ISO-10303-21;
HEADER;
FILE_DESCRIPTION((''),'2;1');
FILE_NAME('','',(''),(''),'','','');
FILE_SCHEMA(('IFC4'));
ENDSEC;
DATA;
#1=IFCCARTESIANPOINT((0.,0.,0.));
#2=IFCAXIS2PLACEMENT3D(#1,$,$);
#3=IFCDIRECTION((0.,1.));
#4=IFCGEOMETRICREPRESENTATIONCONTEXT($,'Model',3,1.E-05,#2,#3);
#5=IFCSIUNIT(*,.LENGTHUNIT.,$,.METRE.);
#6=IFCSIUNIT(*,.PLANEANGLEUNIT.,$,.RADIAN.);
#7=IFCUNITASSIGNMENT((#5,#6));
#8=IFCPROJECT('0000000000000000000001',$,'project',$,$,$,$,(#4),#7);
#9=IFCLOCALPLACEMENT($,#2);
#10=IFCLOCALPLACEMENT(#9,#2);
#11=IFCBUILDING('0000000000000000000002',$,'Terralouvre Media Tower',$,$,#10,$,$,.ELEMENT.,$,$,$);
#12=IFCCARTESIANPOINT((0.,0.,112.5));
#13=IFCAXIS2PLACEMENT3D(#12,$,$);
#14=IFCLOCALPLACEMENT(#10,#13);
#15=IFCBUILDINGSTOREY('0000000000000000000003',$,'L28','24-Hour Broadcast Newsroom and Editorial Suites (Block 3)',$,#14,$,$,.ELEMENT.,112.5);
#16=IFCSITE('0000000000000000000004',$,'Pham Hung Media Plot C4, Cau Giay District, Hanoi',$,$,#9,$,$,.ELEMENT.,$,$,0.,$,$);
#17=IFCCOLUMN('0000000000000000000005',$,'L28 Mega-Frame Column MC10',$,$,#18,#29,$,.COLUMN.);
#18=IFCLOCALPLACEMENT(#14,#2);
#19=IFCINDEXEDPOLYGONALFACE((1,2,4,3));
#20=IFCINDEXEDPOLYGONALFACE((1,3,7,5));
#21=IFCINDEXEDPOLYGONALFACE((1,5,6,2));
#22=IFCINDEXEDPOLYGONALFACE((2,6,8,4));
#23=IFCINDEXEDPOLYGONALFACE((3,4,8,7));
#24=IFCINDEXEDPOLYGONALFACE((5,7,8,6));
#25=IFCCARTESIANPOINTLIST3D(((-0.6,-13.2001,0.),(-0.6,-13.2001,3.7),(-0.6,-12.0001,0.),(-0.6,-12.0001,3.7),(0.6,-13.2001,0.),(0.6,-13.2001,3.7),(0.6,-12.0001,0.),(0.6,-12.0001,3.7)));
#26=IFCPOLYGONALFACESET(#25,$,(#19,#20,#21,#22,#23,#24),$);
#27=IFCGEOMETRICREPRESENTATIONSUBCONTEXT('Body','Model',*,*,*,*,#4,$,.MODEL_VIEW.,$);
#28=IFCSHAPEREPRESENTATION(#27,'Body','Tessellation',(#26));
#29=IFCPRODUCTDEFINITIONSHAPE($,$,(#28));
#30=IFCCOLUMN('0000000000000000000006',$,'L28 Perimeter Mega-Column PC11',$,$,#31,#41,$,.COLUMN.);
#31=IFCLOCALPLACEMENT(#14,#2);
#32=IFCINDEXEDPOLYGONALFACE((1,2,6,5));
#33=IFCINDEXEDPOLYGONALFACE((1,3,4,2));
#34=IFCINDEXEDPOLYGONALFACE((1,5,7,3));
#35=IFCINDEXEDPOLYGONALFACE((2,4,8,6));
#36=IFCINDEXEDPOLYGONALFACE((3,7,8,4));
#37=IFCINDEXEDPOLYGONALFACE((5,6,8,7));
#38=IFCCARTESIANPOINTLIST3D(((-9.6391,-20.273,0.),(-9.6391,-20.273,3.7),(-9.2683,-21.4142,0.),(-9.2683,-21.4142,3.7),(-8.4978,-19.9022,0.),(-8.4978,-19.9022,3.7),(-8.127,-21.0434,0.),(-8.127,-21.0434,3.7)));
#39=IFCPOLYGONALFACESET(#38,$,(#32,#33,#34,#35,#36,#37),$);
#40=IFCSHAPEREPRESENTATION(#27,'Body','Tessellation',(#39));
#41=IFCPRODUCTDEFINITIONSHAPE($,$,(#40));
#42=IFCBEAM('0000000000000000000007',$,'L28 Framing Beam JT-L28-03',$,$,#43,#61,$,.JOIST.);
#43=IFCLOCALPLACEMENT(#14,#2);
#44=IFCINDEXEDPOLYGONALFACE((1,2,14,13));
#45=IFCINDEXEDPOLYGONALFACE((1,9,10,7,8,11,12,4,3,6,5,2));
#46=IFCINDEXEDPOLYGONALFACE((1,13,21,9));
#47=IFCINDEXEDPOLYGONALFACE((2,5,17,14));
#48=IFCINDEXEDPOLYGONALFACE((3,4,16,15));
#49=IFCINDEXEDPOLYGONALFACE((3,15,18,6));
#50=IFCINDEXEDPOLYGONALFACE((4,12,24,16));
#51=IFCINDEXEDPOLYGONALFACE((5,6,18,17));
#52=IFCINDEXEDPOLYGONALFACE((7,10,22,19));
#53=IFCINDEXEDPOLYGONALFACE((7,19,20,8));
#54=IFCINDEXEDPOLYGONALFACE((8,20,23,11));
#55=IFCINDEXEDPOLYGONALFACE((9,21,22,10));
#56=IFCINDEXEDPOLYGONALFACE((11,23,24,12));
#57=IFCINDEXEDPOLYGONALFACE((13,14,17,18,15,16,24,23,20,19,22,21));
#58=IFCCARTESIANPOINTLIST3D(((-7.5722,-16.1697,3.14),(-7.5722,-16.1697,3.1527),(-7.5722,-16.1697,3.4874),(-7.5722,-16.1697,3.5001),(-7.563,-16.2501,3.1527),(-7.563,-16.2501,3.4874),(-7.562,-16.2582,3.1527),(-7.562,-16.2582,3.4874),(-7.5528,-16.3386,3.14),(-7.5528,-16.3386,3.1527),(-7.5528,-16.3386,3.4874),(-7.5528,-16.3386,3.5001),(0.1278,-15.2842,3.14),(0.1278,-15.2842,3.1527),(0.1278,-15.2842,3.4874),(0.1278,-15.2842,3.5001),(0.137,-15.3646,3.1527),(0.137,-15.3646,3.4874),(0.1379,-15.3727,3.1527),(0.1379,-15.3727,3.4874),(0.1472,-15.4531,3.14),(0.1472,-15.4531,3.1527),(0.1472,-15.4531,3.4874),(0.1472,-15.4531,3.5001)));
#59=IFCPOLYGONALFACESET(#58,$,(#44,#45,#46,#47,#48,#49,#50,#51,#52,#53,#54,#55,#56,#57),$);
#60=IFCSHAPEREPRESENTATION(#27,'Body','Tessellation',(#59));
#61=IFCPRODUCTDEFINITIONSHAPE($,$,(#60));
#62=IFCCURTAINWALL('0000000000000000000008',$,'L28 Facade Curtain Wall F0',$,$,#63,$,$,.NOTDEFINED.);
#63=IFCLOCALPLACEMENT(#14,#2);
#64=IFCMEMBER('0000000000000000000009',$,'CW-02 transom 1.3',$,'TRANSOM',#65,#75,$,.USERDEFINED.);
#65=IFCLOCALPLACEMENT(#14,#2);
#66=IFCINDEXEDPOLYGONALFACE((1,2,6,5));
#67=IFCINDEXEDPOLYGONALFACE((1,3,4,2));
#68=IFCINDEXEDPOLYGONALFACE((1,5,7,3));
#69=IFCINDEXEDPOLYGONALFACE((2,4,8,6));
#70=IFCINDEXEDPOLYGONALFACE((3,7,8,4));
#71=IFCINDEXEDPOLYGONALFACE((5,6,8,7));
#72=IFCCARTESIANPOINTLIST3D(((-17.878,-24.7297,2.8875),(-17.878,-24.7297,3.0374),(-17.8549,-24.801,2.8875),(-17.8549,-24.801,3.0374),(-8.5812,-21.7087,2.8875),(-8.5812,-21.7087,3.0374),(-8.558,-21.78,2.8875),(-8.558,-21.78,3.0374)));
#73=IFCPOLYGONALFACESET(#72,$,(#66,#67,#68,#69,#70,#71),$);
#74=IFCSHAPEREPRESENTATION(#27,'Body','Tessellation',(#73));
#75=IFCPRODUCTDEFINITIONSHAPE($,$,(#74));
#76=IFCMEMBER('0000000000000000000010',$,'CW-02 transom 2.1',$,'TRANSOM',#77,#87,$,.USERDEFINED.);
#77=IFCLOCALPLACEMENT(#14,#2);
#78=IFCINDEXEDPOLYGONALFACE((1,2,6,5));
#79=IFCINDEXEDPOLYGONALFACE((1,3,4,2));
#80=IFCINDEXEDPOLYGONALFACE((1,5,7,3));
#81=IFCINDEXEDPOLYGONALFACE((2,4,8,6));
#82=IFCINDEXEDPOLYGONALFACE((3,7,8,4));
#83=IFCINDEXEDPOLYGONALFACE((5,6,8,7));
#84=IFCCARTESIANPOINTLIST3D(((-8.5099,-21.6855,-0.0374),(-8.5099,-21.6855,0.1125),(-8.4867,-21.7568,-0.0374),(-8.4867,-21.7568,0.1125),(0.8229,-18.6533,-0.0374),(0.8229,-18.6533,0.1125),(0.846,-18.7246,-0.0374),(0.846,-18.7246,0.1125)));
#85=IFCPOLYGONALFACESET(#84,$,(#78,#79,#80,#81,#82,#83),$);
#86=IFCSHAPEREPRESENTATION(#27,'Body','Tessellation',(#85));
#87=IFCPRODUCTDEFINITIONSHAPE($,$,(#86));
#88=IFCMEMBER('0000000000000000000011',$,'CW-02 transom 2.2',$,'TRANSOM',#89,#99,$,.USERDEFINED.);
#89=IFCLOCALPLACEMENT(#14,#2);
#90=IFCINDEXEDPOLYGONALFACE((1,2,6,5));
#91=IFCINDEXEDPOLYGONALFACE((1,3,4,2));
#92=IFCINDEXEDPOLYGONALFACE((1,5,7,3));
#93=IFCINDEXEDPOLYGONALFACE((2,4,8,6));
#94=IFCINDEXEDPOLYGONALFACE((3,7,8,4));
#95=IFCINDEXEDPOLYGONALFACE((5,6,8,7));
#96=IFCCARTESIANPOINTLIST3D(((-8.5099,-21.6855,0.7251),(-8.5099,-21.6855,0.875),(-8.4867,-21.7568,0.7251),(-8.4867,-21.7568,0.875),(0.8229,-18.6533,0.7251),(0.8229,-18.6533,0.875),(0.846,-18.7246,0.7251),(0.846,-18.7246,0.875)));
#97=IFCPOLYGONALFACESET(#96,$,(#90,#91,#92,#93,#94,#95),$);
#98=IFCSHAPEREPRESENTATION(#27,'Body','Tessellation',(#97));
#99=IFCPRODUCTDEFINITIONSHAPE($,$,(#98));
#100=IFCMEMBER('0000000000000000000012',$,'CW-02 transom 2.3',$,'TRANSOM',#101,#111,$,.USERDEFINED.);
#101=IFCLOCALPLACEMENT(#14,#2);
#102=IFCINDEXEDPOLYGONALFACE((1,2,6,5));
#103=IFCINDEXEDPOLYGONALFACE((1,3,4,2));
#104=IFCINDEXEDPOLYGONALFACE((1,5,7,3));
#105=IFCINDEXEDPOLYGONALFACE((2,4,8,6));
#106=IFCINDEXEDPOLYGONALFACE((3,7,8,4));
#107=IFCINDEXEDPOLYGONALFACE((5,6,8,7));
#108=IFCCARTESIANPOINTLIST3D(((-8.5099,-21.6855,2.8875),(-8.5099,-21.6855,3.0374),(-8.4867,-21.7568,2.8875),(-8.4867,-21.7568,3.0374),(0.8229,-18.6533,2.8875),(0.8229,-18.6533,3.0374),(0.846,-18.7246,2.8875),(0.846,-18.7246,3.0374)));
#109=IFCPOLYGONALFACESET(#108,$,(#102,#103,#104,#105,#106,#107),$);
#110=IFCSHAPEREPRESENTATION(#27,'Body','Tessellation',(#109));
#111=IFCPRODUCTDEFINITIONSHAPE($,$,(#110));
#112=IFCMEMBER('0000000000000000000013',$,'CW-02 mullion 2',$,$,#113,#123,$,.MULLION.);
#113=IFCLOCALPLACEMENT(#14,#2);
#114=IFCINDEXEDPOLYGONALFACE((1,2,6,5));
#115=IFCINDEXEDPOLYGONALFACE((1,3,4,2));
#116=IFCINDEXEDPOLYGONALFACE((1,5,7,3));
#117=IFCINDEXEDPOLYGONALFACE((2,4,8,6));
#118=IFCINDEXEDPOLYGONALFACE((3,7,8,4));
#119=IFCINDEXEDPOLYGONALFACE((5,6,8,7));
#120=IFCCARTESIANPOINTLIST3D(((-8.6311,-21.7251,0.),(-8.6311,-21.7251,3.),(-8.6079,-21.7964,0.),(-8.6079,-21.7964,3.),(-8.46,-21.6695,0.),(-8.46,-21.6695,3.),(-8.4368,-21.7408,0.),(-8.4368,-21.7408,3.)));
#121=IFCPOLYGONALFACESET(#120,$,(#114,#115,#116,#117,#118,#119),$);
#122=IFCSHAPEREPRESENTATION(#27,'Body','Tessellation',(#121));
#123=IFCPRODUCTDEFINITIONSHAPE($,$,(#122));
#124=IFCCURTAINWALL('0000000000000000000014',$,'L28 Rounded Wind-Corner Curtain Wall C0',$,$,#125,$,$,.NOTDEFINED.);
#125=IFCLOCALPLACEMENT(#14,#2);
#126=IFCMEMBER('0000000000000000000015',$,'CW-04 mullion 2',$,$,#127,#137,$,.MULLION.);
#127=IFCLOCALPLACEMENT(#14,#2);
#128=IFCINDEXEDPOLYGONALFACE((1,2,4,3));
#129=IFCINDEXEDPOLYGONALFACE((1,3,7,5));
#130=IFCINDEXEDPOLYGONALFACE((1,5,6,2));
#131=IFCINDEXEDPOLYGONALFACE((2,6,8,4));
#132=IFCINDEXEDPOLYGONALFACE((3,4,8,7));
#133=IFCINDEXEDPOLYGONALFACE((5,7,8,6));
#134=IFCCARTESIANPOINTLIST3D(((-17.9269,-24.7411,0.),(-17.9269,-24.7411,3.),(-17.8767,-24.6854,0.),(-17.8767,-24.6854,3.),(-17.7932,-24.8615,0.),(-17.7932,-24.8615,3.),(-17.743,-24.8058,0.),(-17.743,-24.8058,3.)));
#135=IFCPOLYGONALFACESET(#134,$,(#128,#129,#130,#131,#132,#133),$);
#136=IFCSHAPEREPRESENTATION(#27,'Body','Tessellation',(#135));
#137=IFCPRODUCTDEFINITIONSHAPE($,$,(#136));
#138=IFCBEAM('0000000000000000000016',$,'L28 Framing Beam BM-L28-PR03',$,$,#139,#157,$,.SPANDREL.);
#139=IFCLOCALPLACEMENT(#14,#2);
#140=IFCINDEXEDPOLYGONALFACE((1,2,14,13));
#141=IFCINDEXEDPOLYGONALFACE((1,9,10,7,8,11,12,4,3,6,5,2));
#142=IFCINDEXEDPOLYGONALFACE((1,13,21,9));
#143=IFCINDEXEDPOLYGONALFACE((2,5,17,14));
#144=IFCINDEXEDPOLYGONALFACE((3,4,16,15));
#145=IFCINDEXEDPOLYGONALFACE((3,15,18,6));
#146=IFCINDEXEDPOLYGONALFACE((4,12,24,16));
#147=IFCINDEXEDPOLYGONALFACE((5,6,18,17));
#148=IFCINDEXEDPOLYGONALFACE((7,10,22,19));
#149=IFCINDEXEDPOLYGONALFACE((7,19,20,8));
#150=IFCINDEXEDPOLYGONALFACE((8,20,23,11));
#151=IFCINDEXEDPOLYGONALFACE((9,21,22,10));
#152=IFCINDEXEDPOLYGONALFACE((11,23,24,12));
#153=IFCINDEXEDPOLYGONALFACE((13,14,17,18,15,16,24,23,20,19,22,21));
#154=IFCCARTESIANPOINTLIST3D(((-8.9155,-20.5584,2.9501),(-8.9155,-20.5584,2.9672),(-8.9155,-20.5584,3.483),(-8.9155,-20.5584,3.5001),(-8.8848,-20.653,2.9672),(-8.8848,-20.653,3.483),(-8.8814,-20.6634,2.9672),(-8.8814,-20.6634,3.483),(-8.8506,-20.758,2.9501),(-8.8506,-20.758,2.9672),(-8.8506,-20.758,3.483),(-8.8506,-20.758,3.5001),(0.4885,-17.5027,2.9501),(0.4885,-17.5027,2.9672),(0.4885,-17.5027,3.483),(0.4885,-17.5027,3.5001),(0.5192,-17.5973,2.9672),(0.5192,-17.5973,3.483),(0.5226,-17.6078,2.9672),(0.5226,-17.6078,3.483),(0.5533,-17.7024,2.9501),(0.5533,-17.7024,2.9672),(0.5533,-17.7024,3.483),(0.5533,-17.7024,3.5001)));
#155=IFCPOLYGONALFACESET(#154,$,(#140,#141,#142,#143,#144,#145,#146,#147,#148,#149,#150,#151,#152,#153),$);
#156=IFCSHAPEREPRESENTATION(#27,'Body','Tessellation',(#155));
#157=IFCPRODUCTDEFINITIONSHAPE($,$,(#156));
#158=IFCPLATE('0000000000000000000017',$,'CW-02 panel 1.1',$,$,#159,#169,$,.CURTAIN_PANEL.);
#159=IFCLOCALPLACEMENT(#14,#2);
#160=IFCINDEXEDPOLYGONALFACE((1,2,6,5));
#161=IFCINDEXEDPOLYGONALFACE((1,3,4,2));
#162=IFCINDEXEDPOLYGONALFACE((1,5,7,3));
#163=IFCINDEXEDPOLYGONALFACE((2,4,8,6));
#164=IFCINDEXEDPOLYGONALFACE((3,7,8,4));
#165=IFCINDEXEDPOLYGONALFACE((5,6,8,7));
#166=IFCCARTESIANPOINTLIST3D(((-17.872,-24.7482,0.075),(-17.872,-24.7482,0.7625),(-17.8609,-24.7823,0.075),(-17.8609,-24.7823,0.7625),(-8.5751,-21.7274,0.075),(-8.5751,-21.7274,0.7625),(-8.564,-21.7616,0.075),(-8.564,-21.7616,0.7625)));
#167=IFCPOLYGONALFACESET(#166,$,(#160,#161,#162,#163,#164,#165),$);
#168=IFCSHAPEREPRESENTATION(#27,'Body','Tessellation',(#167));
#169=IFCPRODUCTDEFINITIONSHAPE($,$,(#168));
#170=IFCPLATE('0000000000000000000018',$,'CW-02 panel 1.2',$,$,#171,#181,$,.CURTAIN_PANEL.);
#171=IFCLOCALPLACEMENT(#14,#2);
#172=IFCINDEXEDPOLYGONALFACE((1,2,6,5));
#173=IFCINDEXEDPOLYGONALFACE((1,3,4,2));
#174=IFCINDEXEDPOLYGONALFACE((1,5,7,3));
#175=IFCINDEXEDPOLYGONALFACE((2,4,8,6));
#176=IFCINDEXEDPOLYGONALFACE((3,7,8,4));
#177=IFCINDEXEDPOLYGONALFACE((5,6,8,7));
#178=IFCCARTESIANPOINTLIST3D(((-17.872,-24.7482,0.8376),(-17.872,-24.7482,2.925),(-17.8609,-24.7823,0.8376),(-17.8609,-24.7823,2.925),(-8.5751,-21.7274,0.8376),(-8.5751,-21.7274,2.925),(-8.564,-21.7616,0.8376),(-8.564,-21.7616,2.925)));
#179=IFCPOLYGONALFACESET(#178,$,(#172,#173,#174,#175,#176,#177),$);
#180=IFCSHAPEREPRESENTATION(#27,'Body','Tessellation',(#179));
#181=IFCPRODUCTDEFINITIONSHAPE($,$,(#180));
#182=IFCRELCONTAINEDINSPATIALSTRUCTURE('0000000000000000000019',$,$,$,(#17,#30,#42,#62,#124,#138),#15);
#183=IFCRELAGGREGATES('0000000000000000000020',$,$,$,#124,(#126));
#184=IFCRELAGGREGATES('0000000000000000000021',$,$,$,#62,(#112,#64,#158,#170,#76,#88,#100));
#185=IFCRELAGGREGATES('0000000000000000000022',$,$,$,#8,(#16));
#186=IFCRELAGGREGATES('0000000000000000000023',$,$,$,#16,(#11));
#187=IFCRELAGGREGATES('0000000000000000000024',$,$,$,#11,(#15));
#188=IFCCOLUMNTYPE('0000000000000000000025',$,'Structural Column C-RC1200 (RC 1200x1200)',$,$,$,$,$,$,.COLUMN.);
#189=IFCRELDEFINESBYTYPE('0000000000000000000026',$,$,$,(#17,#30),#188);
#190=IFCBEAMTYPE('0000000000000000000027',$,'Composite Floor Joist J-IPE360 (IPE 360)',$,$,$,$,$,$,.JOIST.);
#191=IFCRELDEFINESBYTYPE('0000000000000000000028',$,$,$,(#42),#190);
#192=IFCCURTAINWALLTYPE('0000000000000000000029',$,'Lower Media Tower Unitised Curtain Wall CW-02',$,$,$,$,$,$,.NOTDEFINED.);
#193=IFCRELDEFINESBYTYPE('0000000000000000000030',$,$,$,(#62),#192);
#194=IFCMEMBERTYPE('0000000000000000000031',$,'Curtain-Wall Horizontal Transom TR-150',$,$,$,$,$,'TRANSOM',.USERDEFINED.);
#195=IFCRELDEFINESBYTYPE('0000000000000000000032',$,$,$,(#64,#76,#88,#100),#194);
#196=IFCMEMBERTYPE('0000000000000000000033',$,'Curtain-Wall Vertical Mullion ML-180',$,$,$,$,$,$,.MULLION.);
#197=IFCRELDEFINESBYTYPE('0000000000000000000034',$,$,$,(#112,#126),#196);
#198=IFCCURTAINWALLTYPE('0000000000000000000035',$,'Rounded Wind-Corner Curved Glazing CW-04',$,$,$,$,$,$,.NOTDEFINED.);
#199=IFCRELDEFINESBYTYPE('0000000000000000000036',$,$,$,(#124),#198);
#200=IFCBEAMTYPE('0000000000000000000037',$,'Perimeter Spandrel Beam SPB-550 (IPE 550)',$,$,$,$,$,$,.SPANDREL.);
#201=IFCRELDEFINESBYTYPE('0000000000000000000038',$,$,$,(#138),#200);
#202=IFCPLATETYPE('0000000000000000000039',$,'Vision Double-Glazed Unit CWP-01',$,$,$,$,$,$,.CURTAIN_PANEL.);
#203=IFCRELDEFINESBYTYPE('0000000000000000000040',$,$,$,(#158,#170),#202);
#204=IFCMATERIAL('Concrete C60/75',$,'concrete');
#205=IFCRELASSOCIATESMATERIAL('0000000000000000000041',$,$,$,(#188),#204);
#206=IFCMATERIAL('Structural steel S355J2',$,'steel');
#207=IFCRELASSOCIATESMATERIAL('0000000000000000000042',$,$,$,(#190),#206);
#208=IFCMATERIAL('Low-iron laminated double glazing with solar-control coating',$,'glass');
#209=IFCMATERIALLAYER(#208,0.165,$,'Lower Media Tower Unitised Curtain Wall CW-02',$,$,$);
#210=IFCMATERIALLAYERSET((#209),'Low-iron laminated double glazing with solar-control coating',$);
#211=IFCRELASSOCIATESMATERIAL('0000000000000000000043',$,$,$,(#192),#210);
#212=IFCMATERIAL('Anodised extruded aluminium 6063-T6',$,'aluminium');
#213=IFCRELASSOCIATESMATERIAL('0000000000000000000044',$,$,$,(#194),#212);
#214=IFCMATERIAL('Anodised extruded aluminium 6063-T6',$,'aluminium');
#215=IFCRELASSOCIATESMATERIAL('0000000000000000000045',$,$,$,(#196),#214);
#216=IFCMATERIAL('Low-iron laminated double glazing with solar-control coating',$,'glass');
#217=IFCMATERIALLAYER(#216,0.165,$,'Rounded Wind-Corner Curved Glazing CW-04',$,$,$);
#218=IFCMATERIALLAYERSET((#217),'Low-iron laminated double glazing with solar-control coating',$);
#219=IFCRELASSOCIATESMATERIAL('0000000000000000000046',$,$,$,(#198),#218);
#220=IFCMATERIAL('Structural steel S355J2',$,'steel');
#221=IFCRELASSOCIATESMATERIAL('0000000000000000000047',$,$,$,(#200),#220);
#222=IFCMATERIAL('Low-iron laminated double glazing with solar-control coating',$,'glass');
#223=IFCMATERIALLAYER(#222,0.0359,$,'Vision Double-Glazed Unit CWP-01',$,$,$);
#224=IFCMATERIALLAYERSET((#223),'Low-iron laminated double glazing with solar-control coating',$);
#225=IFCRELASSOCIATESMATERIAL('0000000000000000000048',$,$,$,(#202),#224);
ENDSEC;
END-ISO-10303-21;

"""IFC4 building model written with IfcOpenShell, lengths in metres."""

from ifc_helpers import new_model, si_unit, direction, frame, origin, origin_2d, place, context, subcontext, project, spatial, rectangle, i_section, extrude, material, layer, layer_set, material_profile, profile_set, type_object, element, aggregate, save


model = new_model("IFC4")

# Units and contexts
model_context = context("Model", 3, precision=1e-05, world=origin(), true_north=direction((0.0, 1.0)))
body_context = subcontext(model_context, "Body", "Model", "MODEL_VIEW")
ifc_project = project(units=[si_unit("LENGTHUNIT", "METRE"), si_unit("PLANEANGLEUNIT", "RADIAN")], contexts=[model_context])

# Site, building, storey
site_placement = place(None, origin())
site = spatial("IfcSite", under=ifc_project, at=site_placement, Name="Pham Hung Media Plot C4, Cau Giay District, Hanoi", CompositionType="ELEMENT", RefElevation=0.0)
building_placement = place(site_placement, origin())
building = spatial("IfcBuilding", under=site, at=building_placement, Name="Terralouvre Media Tower", CompositionType="ELEMENT")
storey_placement = place(building_placement, frame((0.0, 0.0, 112.5)))
storey = spatial("IfcBuildingStorey", under=building, at=storey_placement, Name="L28", Description="24-Hour Broadcast Newsroom and Editorial Suites (Block 3)", CompositionType="ELEMENT", Elevation=112.5)

# Columns
ifc_material_1 = material(Name="Concrete C60/75", Category="concrete")
ifc_material_profile_1 = material_profile(ifc_material_1, rectangle(XDim=1.2, YDim=1.2, at=origin_2d()), Name="RC 1200x1200")
ifc_profile_set_1 = profile_set([ifc_material_profile_1], Name="Concrete C60/75")
column_type = type_object("IfcColumnType", Name="Structural Column C-RC1200 (RC 1200x1200)", PredefinedType="COLUMN", material=ifc_profile_set_1)
for number, where, z_axis, x_axis, name in (
    (1, (0.0, -12.6001, 0.0), (0.0, 0.0, 1.0), (1.0, 0.0, 0.0), "L28 Mega-Frame Column MC10"),
    (2, (-8.8831, -20.6582, 0.0), (0.0, 0.0, 1.0), (0.951057, 0.309017, 0.0), "L28 Perimeter Mega-Column PC11"),
):
    element("IfcColumn", number, at=place(storey_placement, frame(where, z_axis=z_axis, x_axis=x_axis)), inside=storey, type_object=column_type, Name=name, PredefinedType="COLUMN", context=body_context, shape_type="SweptSolid", body=[
        extrude(rectangle(XDim=1.2, YDim=1.2, at=origin_2d()), origin(), (0.0, 0.0, 1.0), 3.7),
    ])

# Beam
ifc_material_2 = material(Name="Structural steel S355J2", Category="steel")
ifc_material_profile_2 = material_profile(ifc_material_2, i_section(OverallWidth=0.1699, OverallDepth=0.3601, WebThickness=0.0081, FlangeThickness=0.0127, at=origin_2d()), Name="IPE 360")
ifc_profile_set_2 = profile_set([ifc_material_profile_2], Name="Structural steel S355J2")
beam_type_1 = type_object("IfcBeamType", Name="Composite Floor Joist J-IPE360 (IPE 360)", PredefinedType="JOIST", material=ifc_profile_set_2)
beam_1_placement = place(storey_placement, frame((-7.5625, -16.2542, 3.3201), z_axis=(0.993452, 0.114247, 0.0), x_axis=(-0.114247, 0.993452, 0.0)))
element("IfcBeam", 3, at=beam_1_placement, inside=storey, type_object=beam_type_1, Name="L28 Framing Beam JT-L28-03", PredefinedType="JOIST", context=body_context, shape_type="SweptSolid", body=[
    extrude(i_section(OverallWidth=0.1699, OverallDepth=0.3601, WebThickness=0.0081, FlangeThickness=0.0127, at=origin_2d()), origin(), (0.0, 0.0, 1.0), 7.7507),
])

# Curtain wall, members
ifc_material_3 = material(Name="Low-iron laminated double glazing with solar-control coating", Category="glass")
ifc_layer_1 = layer(ifc_material_3, 0.165, Name="Lower Media Tower Unitised Curtain Wall CW-02")
ifc_layer_set_1 = layer_set([ifc_layer_1], Name="Low-iron laminated double glazing with solar-control coating")
curtain_wall_type_1 = type_object("IfcCurtainWallType", Name="Lower Media Tower Unitised Curtain Wall CW-02", PredefinedType="NOTDEFINED", material=ifc_layer_set_1)
curtain_wall_1_placement = place(storey_placement, origin())
curtain_wall_1 = element("IfcCurtainWall", 4, at=curtain_wall_1_placement, inside=storey, type_object=curtain_wall_type_1, Name="L28 Facade Curtain Wall F0", PredefinedType="NOTDEFINED")
ifc_material_4 = material(Name="Anodised extruded aluminium 6063-T6", Category="aluminium")
ifc_material_profile_3 = material_profile(ifc_material_4, rectangle(XDim=0.075, YDim=0.1499, at=origin_2d()), Name="ALU 75x150")
ifc_profile_set_3 = profile_set([ifc_material_profile_3], Name="Anodised extruded aluminium 6063-T6")
member_type_1 = type_object("IfcMemberType", Name="Curtain-Wall Horizontal Transom TR-150", ElementType="TRANSOM", PredefinedType="USERDEFINED", material=ifc_profile_set_3)
member_1_placement = place(storey_placement, frame((-17.8665, -24.7654, 2.9624), z_axis=(0.951049, 0.309041, 0.0), x_axis=(-0.309041, 0.951049, 0.0)))
member_1 = element("IfcMember", 5, at=member_1_placement, type_object=member_type_1, Name="CW-02 transom 1.3", ObjectType="TRANSOM", PredefinedType="USERDEFINED", context=body_context, shape_type="SweptSolid", body=[
    extrude(rectangle(XDim=0.075, YDim=0.1499, at=origin_2d()), origin(), (0.0, 0.0, 1.0), 9.7754),
])
member_2_placement = place(storey_placement, frame((-8.4983, -21.7212, 0.0376), z_axis=(0.951062, 0.309001, 0.0), x_axis=(-0.309001, 0.951062, 0.0)))
member_2 = element("IfcMember", 6, at=member_2_placement, type_object=member_type_1, Name="CW-02 transom 2.1", ObjectType="TRANSOM", PredefinedType="USERDEFINED", context=body_context, shape_type="SweptSolid", body=[
    extrude(rectangle(XDim=0.075, YDim=0.1499, at=origin_2d()), origin(), (0.0, 0.0, 1.0), 9.813),
])
member_3_placement = place(storey_placement, frame((-8.4983, -21.7212, 0.8), z_axis=(0.951062, 0.309001, 0.0), x_axis=(-0.309001, 0.951062, 0.0)))
member_3 = element("IfcMember", 7, at=member_3_placement, type_object=member_type_1, Name="CW-02 transom 2.2", ObjectType="TRANSOM", PredefinedType="USERDEFINED", context=body_context, shape_type="SweptSolid", body=[
    extrude(rectangle(XDim=0.075, YDim=0.1499, at=origin_2d()), origin(), (0.0, 0.0, 1.0), 9.813),
])
member_4_placement = place(storey_placement, frame((-8.4983, -21.7212, 2.9624), z_axis=(0.951062, 0.309001, 0.0), x_axis=(-0.309001, 0.951062, 0.0)))
member_4 = element("IfcMember", 8, at=member_4_placement, type_object=member_type_1, Name="CW-02 transom 2.3", ObjectType="TRANSOM", PredefinedType="USERDEFINED", context=body_context, shape_type="SweptSolid", body=[
    extrude(rectangle(XDim=0.075, YDim=0.1499, at=origin_2d()), origin(), (0.0, 0.0, 1.0), 9.813),
])
ifc_material_5 = material(Name="Anodised extruded aluminium 6063-T6", Category="aluminium")
ifc_material_profile_4 = material_profile(ifc_material_5, rectangle(XDim=0.075, YDim=0.1799, at=origin_2d()), Name="ALU 75x180")
ifc_profile_set_4 = profile_set([ifc_material_profile_4], Name="Anodised extruded aluminium 6063-T6")
member_type_2 = type_object("IfcMemberType", Name="Curtain-Wall Vertical Mullion ML-180", PredefinedType="MULLION", material=ifc_profile_set_4)
member_5_placement = place(storey_placement, frame((-8.5339, -21.7329, 0.0), z_axis=(0.0, 0.0, 1.0), x_axis=(-0.309017, 0.951057, 0.0)))
member_5 = element("IfcMember", 9, at=member_5_placement, type_object=member_type_2, Name="CW-02 mullion 2", PredefinedType="MULLION", context=body_context, shape_type="SweptSolid", body=[
    extrude(rectangle(XDim=0.075, YDim=0.1799, at=origin_2d()), origin(), (0.0, 0.0, 1.0), 3.0),
])

# Curtain wall, member
ifc_material_6 = material(Name="Low-iron laminated double glazing with solar-control coating", Category="glass")
ifc_layer_2 = layer(ifc_material_6, 0.165, Name="Rounded Wind-Corner Curved Glazing CW-04")
ifc_layer_set_2 = layer_set([ifc_layer_2], Name="Low-iron laminated double glazing with solar-control coating")
curtain_wall_type_2 = type_object("IfcCurtainWallType", Name="Rounded Wind-Corner Curved Glazing CW-04", PredefinedType="NOTDEFINED", material=ifc_layer_set_2)
curtain_wall_2_placement = place(storey_placement, origin())
curtain_wall_2 = element("IfcCurtainWall", 10, at=curtain_wall_2_placement, inside=storey, type_object=curtain_wall_type_2, Name="L28 Rounded Wind-Corner Curtain Wall C0", PredefinedType="NOTDEFINED")
member_6_placement = place(storey_placement, frame((-17.835, -24.7734, 0.0), z_axis=(0.0, 0.0, 1.0), x_axis=(0.669131, 0.743145, 0.0)))
member_6 = element("IfcMember", 11, at=member_6_placement, type_object=member_type_2, Name="CW-04 mullion 2", PredefinedType="MULLION", context=body_context, shape_type="SweptSolid", body=[
    extrude(rectangle(XDim=0.075, YDim=0.1799, at=origin_2d()), origin(), (0.0, 0.0, 1.0), 3.0),
])
aggregate(curtain_wall_2, [member_6])

# Beam
ifc_material_7 = material(Name="Structural steel S355J2", Category="steel")
ifc_material_profile_5 = material_profile(ifc_material_7, i_section(OverallWidth=0.21, OverallDepth=0.55, WebThickness=0.011, FlangeThickness=0.0171, at=origin_2d()), Name="IPE 550")
ifc_profile_set_5 = profile_set([ifc_material_profile_5], Name="Structural steel S355J2")
beam_type_2 = type_object("IfcBeamType", Name="Perimeter Spandrel Beam SPB-550 (IPE 550)", PredefinedType="SPANDREL", material=ifc_profile_set_5)
beam_2_placement = place(storey_placement, frame((-8.8831, -20.6582, 3.2251), z_axis=(0.951053, 0.309026, 0.0), x_axis=(-0.309026, 0.951053, 0.0)))
element("IfcBeam", 12, at=beam_2_placement, inside=storey, type_object=beam_type_2, Name="L28 Framing Beam BM-L28-PR03", PredefinedType="SPANDREL", context=body_context, shape_type="SweptSolid", body=[
    extrude(i_section(OverallWidth=0.21, OverallDepth=0.55, WebThickness=0.011, FlangeThickness=0.0171, at=origin_2d()), origin(), (0.0, 0.0, 1.0), 9.8879),
])

# Plates
ifc_material_8 = material(Name="Low-iron laminated double glazing with solar-control coating", Category="glass")
ifc_layer_3 = layer(ifc_material_8, 0.0359, Name="Vision Double-Glazed Unit CWP-01")
ifc_layer_set_3 = layer_set([ifc_layer_3], Name="Low-iron laminated double glazing with solar-control coating")
plate_type = type_object("IfcPlateType", Name="Vision Double-Glazed Unit CWP-01", PredefinedType="CURTAIN_PANEL", material=ifc_layer_set_3)
plate_1_placement = place(storey_placement, frame((-13.218, -23.2549, 0.075), z_axis=(0.0, 0.0, 1.0), x_axis=(0.951057, 0.309017, 0.0)))
plate_1 = element("IfcPlate", 13, at=plate_1_placement, type_object=plate_type, Name="CW-02 panel 1.1", PredefinedType="CURTAIN_PANEL", context=body_context, shape_type="SweptSolid", body=[
    extrude(rectangle(XDim=9.7754, YDim=0.0359, at=origin_2d()), origin(), (0.0, 0.0, 1.0), 0.6875),
])
plate_2_placement = place(storey_placement, frame((-13.218, -23.2549, 0.8376), z_axis=(0.0, 0.0, 1.0), x_axis=(0.951057, 0.309017, 0.0)))
plate_2 = element("IfcPlate", 14, at=plate_2_placement, type_object=plate_type, Name="CW-02 panel 1.2", PredefinedType="CURTAIN_PANEL", context=body_context, shape_type="SweptSolid", body=[
    extrude(rectangle(XDim=9.7754, YDim=0.0359, at=origin_2d()), origin(), (0.0, 0.0, 1.0), 2.0874),
])
aggregate(curtain_wall_1, [member_5, member_1, plate_1, plate_2, member_2, member_3, member_4])

save(model, "model.ifc")
